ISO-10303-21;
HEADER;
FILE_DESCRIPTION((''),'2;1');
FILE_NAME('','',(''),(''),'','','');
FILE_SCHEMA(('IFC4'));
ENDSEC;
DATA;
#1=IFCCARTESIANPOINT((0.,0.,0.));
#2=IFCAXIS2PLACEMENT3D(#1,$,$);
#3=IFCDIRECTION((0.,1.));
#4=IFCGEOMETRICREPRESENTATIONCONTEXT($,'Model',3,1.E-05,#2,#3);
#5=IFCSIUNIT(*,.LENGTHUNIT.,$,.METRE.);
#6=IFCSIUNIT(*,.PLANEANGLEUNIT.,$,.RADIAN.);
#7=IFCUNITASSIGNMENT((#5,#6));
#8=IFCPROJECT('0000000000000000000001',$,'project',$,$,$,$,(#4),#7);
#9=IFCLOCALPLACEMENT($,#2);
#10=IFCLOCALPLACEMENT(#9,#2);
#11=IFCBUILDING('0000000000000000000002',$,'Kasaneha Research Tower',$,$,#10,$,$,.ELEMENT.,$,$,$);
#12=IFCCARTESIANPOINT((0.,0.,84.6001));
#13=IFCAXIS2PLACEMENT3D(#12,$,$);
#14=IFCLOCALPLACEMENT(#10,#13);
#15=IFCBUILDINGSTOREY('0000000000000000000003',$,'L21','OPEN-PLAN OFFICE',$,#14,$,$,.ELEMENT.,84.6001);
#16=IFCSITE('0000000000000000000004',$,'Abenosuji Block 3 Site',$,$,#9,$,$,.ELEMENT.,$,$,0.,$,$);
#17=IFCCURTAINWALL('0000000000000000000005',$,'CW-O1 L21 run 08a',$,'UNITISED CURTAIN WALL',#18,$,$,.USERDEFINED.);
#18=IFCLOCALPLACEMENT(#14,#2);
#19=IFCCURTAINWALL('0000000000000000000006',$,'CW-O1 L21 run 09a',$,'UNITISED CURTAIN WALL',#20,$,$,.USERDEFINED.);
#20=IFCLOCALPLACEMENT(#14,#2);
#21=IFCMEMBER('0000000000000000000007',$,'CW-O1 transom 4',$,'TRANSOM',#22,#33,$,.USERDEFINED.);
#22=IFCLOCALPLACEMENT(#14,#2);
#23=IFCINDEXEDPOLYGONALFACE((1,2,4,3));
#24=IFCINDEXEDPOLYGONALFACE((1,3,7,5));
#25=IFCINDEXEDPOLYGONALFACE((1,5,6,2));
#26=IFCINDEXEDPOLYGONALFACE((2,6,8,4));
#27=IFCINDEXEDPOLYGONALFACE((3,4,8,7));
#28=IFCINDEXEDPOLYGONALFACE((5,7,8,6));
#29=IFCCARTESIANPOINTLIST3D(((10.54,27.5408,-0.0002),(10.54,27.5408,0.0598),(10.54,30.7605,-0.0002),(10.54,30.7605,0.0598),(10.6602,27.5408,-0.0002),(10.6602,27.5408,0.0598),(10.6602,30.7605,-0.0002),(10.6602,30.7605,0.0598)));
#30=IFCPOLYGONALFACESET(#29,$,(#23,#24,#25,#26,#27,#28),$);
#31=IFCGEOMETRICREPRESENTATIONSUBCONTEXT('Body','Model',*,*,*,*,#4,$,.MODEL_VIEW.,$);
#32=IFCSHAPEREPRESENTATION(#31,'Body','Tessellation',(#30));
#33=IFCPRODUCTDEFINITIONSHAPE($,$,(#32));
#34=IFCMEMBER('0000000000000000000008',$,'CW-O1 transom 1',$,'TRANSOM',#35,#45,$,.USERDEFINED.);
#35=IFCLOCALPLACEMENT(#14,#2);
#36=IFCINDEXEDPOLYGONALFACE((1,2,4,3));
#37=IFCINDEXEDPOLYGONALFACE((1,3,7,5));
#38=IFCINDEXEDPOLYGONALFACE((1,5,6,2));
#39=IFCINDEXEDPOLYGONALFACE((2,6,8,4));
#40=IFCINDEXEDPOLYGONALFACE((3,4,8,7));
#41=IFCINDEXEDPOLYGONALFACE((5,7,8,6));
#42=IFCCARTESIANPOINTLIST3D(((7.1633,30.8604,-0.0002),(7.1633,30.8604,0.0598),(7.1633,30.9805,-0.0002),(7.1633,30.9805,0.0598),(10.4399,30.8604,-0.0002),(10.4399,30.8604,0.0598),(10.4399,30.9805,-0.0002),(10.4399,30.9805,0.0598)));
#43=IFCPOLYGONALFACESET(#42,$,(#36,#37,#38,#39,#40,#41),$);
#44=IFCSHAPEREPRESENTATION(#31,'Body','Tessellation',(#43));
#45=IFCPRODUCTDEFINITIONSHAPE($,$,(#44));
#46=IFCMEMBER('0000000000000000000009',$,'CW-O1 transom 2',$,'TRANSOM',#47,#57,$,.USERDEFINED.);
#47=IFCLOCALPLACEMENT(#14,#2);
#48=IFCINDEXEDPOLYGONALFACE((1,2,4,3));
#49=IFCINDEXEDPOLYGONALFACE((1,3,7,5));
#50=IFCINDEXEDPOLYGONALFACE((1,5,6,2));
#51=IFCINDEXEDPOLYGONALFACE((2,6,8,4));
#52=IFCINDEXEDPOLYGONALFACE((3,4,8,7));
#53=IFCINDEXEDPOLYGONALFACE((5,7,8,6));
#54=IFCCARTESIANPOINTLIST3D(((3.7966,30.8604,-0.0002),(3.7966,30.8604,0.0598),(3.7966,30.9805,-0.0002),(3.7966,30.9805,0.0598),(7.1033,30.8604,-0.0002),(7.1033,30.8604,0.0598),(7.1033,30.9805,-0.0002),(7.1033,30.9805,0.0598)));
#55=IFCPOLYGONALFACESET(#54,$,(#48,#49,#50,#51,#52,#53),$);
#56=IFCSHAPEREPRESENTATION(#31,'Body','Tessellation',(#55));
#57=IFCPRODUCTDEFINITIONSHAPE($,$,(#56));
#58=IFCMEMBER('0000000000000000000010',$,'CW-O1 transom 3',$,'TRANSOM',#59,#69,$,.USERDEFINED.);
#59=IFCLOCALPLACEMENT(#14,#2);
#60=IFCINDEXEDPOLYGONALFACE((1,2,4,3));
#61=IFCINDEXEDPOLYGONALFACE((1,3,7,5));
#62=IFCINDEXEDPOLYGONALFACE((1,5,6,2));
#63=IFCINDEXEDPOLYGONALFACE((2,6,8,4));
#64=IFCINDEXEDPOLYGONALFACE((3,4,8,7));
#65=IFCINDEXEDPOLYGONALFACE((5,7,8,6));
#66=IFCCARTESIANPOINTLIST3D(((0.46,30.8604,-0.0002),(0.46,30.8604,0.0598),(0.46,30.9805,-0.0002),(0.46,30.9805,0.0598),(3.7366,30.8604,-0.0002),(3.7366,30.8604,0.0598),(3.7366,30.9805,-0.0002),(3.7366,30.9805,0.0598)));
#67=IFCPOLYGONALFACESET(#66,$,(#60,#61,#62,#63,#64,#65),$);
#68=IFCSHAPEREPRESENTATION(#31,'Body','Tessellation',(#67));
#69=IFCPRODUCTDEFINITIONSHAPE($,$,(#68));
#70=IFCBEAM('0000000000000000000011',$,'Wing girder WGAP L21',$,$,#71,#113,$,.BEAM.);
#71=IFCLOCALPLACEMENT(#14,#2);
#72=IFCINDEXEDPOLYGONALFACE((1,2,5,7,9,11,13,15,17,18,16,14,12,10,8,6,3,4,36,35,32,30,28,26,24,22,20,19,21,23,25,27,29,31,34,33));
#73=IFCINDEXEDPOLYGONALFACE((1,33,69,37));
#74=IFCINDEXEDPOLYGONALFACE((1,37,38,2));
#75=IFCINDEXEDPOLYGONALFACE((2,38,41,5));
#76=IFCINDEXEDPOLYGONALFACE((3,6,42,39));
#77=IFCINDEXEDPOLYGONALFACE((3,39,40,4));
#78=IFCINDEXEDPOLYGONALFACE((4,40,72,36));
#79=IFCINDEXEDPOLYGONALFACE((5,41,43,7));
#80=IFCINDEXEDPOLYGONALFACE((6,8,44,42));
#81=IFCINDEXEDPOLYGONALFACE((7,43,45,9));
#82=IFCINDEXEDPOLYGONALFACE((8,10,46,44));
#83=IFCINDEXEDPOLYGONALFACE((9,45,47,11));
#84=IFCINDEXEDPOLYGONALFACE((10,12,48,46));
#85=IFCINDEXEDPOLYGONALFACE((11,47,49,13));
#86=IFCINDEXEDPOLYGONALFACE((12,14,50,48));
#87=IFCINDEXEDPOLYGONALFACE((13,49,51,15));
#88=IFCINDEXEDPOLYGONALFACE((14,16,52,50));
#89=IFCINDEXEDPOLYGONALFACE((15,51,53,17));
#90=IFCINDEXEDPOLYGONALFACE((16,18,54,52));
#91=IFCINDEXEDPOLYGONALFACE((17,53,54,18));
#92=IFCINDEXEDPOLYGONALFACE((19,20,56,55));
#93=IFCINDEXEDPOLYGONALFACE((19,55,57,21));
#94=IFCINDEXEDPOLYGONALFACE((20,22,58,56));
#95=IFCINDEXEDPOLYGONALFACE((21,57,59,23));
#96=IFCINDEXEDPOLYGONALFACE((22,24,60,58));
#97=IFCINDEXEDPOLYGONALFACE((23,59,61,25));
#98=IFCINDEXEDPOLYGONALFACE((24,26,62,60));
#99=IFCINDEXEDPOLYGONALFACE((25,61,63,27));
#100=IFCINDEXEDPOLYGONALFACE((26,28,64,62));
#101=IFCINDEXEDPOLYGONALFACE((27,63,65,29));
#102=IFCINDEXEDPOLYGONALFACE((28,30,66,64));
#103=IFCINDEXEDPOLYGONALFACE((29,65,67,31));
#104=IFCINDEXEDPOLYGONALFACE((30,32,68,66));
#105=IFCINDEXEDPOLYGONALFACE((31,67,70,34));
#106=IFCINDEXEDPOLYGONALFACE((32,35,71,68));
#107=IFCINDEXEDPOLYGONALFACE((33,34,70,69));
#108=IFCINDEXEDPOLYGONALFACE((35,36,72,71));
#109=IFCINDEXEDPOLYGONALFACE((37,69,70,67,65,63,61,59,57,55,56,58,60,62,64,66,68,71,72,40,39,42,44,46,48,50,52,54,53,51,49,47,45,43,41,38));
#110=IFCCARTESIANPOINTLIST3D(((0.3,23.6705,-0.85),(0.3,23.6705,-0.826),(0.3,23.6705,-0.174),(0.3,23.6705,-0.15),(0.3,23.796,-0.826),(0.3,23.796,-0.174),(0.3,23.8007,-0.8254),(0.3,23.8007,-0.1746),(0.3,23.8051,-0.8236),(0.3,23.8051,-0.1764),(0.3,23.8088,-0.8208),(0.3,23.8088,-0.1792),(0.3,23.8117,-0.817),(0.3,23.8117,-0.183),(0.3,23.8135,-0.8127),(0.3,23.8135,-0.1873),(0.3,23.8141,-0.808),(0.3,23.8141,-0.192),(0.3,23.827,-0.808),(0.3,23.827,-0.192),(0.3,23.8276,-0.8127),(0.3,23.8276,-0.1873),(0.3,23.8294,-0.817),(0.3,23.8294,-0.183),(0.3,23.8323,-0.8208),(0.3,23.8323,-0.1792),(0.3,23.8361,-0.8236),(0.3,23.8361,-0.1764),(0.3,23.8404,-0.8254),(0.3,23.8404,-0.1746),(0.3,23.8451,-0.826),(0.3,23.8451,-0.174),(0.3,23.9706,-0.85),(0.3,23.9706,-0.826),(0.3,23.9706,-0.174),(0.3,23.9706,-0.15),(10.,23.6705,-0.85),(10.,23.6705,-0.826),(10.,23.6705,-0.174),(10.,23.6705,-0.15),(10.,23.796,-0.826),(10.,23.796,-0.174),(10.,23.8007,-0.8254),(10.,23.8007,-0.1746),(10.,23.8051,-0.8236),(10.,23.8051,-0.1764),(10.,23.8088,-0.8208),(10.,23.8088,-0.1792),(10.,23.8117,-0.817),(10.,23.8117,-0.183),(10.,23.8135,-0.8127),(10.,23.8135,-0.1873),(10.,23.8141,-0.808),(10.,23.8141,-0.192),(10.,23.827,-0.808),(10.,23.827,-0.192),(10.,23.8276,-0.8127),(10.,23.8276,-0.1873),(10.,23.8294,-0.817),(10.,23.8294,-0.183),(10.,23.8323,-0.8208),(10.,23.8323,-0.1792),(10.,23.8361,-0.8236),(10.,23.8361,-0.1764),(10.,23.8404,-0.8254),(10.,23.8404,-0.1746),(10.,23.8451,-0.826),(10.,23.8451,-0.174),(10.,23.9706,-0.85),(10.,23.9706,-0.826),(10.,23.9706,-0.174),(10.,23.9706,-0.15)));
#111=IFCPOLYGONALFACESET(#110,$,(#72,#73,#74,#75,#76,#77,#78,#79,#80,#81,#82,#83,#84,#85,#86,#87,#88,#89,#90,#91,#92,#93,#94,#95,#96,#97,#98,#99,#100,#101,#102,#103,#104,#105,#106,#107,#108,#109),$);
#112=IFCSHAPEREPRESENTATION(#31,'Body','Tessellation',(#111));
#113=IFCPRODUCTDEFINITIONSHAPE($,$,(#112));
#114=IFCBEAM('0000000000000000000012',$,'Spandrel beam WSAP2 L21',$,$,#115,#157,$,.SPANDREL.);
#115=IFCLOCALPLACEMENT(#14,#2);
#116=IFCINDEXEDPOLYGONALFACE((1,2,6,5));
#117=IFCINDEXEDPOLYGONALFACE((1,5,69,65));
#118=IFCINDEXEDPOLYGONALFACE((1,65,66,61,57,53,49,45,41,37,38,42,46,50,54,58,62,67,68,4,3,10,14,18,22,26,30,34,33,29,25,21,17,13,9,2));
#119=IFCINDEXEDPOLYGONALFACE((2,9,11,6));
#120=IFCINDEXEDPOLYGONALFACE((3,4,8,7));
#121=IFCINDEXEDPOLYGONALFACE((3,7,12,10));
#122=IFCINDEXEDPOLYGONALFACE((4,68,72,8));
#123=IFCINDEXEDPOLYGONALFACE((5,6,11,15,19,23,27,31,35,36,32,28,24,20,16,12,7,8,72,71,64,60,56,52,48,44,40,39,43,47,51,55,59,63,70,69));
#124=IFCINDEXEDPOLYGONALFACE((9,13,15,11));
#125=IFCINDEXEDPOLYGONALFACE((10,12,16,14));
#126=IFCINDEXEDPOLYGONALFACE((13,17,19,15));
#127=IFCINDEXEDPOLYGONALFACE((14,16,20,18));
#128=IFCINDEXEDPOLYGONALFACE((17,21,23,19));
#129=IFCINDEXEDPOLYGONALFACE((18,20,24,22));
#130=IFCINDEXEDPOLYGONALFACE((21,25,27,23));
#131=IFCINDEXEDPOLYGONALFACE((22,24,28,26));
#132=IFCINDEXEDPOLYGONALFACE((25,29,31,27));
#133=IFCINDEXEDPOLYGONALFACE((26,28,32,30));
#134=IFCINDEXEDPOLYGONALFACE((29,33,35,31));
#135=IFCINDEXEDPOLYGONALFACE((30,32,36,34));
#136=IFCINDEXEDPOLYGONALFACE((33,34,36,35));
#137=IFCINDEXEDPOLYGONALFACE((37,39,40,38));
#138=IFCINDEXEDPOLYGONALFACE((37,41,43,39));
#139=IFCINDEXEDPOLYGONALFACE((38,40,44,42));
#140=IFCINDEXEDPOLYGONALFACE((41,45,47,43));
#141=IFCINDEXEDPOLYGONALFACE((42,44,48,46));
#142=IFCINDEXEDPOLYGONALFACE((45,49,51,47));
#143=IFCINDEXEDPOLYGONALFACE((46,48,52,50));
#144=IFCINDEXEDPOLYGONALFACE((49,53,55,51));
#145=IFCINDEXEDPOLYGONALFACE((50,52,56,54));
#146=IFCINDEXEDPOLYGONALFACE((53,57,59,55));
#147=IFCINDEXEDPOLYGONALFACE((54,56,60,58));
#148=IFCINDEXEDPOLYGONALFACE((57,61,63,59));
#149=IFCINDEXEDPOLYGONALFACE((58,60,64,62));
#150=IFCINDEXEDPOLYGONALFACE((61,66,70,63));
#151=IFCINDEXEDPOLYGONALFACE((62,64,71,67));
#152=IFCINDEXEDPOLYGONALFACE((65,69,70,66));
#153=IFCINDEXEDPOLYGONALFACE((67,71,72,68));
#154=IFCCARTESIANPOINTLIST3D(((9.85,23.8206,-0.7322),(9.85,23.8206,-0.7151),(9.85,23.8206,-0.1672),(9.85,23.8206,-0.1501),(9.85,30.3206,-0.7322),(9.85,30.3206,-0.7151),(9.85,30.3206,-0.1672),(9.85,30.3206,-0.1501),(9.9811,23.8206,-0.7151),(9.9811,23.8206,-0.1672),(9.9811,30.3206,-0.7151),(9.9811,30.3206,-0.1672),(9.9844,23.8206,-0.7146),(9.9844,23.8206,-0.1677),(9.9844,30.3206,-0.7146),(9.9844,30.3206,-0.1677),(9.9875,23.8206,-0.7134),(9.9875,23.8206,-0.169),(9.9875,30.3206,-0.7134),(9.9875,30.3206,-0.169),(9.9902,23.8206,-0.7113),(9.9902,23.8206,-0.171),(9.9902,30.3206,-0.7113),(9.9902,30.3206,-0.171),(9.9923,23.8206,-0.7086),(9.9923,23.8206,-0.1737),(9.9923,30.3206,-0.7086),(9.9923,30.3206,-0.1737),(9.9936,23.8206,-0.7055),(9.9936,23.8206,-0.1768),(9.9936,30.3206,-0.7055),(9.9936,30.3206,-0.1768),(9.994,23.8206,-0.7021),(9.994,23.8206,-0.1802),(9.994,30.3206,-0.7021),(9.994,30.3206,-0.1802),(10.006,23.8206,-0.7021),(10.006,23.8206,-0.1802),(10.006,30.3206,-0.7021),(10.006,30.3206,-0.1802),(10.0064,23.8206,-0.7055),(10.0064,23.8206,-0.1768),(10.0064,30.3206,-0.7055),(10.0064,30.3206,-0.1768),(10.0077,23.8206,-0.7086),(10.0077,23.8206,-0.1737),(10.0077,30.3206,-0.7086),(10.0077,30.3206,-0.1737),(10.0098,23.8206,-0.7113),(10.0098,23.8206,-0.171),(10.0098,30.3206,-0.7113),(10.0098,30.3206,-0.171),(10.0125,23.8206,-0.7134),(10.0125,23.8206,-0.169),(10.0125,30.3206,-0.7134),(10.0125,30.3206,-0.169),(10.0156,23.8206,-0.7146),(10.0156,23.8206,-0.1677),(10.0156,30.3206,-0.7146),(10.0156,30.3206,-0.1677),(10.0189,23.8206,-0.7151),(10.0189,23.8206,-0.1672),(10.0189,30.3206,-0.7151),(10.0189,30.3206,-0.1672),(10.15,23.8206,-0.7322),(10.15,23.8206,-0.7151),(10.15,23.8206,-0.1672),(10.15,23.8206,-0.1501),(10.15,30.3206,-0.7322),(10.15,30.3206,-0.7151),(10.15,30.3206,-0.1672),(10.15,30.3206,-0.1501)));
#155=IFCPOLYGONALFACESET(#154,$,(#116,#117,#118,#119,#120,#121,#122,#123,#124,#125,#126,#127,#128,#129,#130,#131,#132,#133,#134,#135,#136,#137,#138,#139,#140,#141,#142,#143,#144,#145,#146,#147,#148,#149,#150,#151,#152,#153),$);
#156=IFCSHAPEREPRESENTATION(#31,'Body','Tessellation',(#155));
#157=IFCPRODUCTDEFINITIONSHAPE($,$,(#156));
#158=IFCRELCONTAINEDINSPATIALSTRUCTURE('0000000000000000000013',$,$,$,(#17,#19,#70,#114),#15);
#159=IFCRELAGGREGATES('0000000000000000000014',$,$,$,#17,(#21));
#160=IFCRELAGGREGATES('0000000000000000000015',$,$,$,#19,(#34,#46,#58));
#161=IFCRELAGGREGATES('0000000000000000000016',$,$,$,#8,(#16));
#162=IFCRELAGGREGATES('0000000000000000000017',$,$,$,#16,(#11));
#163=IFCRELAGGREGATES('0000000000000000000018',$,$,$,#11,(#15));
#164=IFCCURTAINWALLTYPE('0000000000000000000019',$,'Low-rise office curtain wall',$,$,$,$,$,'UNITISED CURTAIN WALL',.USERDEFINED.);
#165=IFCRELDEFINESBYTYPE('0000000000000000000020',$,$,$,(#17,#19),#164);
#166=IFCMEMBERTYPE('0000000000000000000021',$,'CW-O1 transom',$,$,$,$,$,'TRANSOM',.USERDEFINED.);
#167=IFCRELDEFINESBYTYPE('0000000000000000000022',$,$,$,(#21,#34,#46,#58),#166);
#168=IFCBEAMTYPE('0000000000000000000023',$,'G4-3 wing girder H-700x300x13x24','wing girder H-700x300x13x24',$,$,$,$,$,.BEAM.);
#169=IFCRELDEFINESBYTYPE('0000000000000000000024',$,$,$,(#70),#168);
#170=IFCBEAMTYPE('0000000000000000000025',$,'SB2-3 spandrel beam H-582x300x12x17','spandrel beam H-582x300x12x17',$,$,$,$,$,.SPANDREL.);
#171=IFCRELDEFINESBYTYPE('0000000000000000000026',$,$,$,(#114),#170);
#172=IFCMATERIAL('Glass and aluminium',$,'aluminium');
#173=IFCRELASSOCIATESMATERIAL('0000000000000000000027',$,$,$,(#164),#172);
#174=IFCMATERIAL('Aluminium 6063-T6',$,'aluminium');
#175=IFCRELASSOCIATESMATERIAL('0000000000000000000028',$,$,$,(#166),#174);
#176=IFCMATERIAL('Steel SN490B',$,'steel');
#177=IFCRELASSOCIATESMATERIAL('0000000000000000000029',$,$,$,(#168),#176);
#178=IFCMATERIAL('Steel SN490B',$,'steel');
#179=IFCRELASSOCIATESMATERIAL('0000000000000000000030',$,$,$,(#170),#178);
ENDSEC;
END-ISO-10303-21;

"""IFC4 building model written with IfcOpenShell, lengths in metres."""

from ifc_helpers import new_model, si_unit, direction, frame, origin, origin_2d, place, context, subcontext, project, spatial, rectangle, i_section, extrude, material, material_profile, profile_set, type_object, element, aggregate, save


model = new_model("IFC4")

# Units and contexts
model_context = context("Model", 3, precision=1e-05, world=origin(), true_north=direction((0.0, 1.0)))
body_context = subcontext(model_context, "Body", "Model", "MODEL_VIEW")
ifc_project = project(units=[si_unit("LENGTHUNIT", "METRE"), si_unit("PLANEANGLEUNIT", "RADIAN")], contexts=[model_context])

# Site, building, storey
site_placement = place(None, origin())
site = spatial("IfcSite", under=ifc_project, at=site_placement, Name="Abenosuji Block 3 Site", CompositionType="ELEMENT", RefElevation=0.0)
building_placement = place(site_placement, origin())
building = spatial("IfcBuilding", under=site, at=building_placement, Name="Kasaneha Research Tower", CompositionType="ELEMENT")
storey_placement = place(building_placement, frame((0.0, 0.0, 84.6001)))
storey = spatial("IfcBuildingStorey", under=building, at=storey_placement, Name="L21", Description="OPEN-PLAN OFFICE", CompositionType="ELEMENT", Elevation=84.6001)

# Curtain walls
ifc_material_1 = material(Name="Glass and aluminium", Category="aluminium")
curtain_wall_type = type_object("IfcCurtainWallType", Name="Low-rise office curtain wall", ElementType="UNITISED CURTAIN WALL", PredefinedType="USERDEFINED", material=ifc_material_1)
curtain_wall_1_placement = place(storey_placement, origin())
curtain_wall_1 = element("IfcCurtainWall", 1, at=curtain_wall_1_placement, inside=storey, type_object=curtain_wall_type, Name="CW-O1 L21 run 08a", ObjectType="UNITISED CURTAIN WALL", PredefinedType="USERDEFINED")
curtain_wall_2_placement = place(storey_placement, origin())
curtain_wall_2 = element("IfcCurtainWall", 2, at=curtain_wall_2_placement, inside=storey, type_object=curtain_wall_type, Name="CW-O1 L21 run 09a", ObjectType="UNITISED CURTAIN WALL", PredefinedType="USERDEFINED")

# Members
ifc_material_2 = material(Name="Aluminium 6063-T6", Category="aluminium")
ifc_material_profile_1 = material_profile(ifc_material_2, rectangle(XDim=0.1201, YDim=0.0601, at=origin_2d()), Name="CW-O1 transom 120x60")
ifc_profile_set_1 = profile_set([ifc_material_profile_1], Name="Aluminium 6063-T6")
member_type_1 = type_object("IfcMemberType", Name="CW-O1 transom", ElementType="TRANSOM", PredefinedType="USERDEFINED", material=ifc_profile_set_1)
member_1_placement = place(storey_placement, frame((10.6001, 27.5408, 0.0298), z_axis=(0.0, 1.0, 0.0), x_axis=(-1.0, 0.0, 0.0)))
member_1 = element("IfcMember", 3, at=member_1_placement, type_object=member_type_1, Name="CW-O1 transom 4", ObjectType="TRANSOM", PredefinedType="USERDEFINED", context=body_context, shape_type="SweptSolid", body=[
    extrude(rectangle(XDim=0.1201, YDim=0.0601, at=origin_2d()), origin(), (0.0, 0.0, 1.0), 3.2197),
])
member_2_placement = place(storey_placement, frame((10.4399, 30.9204, 0.0298), z_axis=(-1.0, 0.0, 0.0), x_axis=(0.0, -1.0, 0.0)))
member_2 = element("IfcMember", 4, at=member_2_placement, type_object=member_type_1, Name="CW-O1 transom 1", ObjectType="TRANSOM", PredefinedType="USERDEFINED", context=body_context, shape_type="SweptSolid", body=[
    extrude(rectangle(XDim=0.1201, YDim=0.0601, at=origin_2d()), origin(), (0.0, 0.0, 1.0), 3.2766),
])
member_3_placement = place(storey_placement, frame((7.1033, 30.9204, 0.0298), z_axis=(-1.0, 0.0, 0.0), x_axis=(0.0, -1.0, 0.0)))
member_3 = element("IfcMember", 5, at=member_3_placement, type_object=member_type_1, Name="CW-O1 transom 2", ObjectType="TRANSOM", PredefinedType="USERDEFINED", context=body_context, shape_type="SweptSolid", body=[
    extrude(rectangle(XDim=0.1201, YDim=0.0601, at=origin_2d()), origin(), (0.0, 0.0, 1.0), 3.3066),
])
member_4_placement = place(storey_placement, frame((3.7366, 30.9204, 0.0298), z_axis=(-1.0, 0.0, 0.0), x_axis=(0.0, -1.0, 0.0)))
member_4 = element("IfcMember", 6, at=member_4_placement, type_object=member_type_1, Name="CW-O1 transom 3", ObjectType="TRANSOM", PredefinedType="USERDEFINED", context=body_context, shape_type="SweptSolid", body=[
    extrude(rectangle(XDim=0.1201, YDim=0.0601, at=origin_2d()), origin(), (0.0, 0.0, 1.0), 3.2766),
])

# Beams
ifc_material_3 = material(Name="Steel SN490B", Category="steel")
ifc_material_profile_2 = material_profile(ifc_material_3, i_section(OverallWidth=0.3, OverallDepth=0.7, WebThickness=0.0129, FlangeThickness=0.0239, FilletRadius=0.0181, at=origin_2d()), Name="H-700x300x13x24")
ifc_profile_set_2 = profile_set([ifc_material_profile_2], Name="Steel SN490B")
beam_type_1 = type_object("IfcBeamType", Name="G4-3 wing girder H-700x300x13x24", Description="wing girder H-700x300x13x24", PredefinedType="BEAM", material=ifc_profile_set_2)
beam_1_placement = place(storey_placement, frame((10.0, 23.8206, -0.5), z_axis=(-1.0, 0.0, 0.0), x_axis=(0.0, -1.0, 0.0)))
element("IfcBeam", 7, at=beam_1_placement, inside=storey, type_object=beam_type_1, Name="Wing girder WGAP L21", PredefinedType="BEAM", context=body_context, shape_type="SweptSolid", body=[
    extrude(i_section(OverallWidth=0.3, OverallDepth=0.7, WebThickness=0.0129, FlangeThickness=0.0239, FilletRadius=0.0181, at=origin_2d()), origin(), (0.0, 0.0, 1.0), 9.7),
])
ifc_material_4 = material(Name="Steel SN490B", Category="steel")
ifc_material_profile_3 = material_profile(ifc_material_4, i_section(OverallWidth=0.3, OverallDepth=0.582, WebThickness=0.012, FlangeThickness=0.0171, FilletRadius=0.0129, at=origin_2d()), Name="H-582x300x12x17")
ifc_profile_set_3 = profile_set([ifc_material_profile_3], Name="Steel SN490B")
beam_type_2 = type_object("IfcBeamType", Name="SB2-3 spandrel beam H-582x300x12x17", Description="spandrel beam H-582x300x12x17", PredefinedType="SPANDREL", material=ifc_profile_set_3)
beam_2_placement = place(storey_placement, frame((10.0, 23.8206, -0.4412), z_axis=(0.0, 1.0, 0.0), x_axis=(-1.0, 0.0, 0.0)))
element("IfcBeam", 8, at=beam_2_placement, inside=storey, type_object=beam_type_2, Name="Spandrel beam WSAP2 L21", PredefinedType="SPANDREL", context=body_context, shape_type="SweptSolid", body=[
    extrude(i_section(OverallWidth=0.3, OverallDepth=0.582, WebThickness=0.012, FlangeThickness=0.0171, FilletRadius=0.0129, at=origin_2d()), origin(), (0.0, 0.0, 1.0), 6.5),
])

aggregate(curtain_wall_1, [member_1])
aggregate(curtain_wall_2, [member_2, member_3, member_4])

save(model, "model.ifc")
